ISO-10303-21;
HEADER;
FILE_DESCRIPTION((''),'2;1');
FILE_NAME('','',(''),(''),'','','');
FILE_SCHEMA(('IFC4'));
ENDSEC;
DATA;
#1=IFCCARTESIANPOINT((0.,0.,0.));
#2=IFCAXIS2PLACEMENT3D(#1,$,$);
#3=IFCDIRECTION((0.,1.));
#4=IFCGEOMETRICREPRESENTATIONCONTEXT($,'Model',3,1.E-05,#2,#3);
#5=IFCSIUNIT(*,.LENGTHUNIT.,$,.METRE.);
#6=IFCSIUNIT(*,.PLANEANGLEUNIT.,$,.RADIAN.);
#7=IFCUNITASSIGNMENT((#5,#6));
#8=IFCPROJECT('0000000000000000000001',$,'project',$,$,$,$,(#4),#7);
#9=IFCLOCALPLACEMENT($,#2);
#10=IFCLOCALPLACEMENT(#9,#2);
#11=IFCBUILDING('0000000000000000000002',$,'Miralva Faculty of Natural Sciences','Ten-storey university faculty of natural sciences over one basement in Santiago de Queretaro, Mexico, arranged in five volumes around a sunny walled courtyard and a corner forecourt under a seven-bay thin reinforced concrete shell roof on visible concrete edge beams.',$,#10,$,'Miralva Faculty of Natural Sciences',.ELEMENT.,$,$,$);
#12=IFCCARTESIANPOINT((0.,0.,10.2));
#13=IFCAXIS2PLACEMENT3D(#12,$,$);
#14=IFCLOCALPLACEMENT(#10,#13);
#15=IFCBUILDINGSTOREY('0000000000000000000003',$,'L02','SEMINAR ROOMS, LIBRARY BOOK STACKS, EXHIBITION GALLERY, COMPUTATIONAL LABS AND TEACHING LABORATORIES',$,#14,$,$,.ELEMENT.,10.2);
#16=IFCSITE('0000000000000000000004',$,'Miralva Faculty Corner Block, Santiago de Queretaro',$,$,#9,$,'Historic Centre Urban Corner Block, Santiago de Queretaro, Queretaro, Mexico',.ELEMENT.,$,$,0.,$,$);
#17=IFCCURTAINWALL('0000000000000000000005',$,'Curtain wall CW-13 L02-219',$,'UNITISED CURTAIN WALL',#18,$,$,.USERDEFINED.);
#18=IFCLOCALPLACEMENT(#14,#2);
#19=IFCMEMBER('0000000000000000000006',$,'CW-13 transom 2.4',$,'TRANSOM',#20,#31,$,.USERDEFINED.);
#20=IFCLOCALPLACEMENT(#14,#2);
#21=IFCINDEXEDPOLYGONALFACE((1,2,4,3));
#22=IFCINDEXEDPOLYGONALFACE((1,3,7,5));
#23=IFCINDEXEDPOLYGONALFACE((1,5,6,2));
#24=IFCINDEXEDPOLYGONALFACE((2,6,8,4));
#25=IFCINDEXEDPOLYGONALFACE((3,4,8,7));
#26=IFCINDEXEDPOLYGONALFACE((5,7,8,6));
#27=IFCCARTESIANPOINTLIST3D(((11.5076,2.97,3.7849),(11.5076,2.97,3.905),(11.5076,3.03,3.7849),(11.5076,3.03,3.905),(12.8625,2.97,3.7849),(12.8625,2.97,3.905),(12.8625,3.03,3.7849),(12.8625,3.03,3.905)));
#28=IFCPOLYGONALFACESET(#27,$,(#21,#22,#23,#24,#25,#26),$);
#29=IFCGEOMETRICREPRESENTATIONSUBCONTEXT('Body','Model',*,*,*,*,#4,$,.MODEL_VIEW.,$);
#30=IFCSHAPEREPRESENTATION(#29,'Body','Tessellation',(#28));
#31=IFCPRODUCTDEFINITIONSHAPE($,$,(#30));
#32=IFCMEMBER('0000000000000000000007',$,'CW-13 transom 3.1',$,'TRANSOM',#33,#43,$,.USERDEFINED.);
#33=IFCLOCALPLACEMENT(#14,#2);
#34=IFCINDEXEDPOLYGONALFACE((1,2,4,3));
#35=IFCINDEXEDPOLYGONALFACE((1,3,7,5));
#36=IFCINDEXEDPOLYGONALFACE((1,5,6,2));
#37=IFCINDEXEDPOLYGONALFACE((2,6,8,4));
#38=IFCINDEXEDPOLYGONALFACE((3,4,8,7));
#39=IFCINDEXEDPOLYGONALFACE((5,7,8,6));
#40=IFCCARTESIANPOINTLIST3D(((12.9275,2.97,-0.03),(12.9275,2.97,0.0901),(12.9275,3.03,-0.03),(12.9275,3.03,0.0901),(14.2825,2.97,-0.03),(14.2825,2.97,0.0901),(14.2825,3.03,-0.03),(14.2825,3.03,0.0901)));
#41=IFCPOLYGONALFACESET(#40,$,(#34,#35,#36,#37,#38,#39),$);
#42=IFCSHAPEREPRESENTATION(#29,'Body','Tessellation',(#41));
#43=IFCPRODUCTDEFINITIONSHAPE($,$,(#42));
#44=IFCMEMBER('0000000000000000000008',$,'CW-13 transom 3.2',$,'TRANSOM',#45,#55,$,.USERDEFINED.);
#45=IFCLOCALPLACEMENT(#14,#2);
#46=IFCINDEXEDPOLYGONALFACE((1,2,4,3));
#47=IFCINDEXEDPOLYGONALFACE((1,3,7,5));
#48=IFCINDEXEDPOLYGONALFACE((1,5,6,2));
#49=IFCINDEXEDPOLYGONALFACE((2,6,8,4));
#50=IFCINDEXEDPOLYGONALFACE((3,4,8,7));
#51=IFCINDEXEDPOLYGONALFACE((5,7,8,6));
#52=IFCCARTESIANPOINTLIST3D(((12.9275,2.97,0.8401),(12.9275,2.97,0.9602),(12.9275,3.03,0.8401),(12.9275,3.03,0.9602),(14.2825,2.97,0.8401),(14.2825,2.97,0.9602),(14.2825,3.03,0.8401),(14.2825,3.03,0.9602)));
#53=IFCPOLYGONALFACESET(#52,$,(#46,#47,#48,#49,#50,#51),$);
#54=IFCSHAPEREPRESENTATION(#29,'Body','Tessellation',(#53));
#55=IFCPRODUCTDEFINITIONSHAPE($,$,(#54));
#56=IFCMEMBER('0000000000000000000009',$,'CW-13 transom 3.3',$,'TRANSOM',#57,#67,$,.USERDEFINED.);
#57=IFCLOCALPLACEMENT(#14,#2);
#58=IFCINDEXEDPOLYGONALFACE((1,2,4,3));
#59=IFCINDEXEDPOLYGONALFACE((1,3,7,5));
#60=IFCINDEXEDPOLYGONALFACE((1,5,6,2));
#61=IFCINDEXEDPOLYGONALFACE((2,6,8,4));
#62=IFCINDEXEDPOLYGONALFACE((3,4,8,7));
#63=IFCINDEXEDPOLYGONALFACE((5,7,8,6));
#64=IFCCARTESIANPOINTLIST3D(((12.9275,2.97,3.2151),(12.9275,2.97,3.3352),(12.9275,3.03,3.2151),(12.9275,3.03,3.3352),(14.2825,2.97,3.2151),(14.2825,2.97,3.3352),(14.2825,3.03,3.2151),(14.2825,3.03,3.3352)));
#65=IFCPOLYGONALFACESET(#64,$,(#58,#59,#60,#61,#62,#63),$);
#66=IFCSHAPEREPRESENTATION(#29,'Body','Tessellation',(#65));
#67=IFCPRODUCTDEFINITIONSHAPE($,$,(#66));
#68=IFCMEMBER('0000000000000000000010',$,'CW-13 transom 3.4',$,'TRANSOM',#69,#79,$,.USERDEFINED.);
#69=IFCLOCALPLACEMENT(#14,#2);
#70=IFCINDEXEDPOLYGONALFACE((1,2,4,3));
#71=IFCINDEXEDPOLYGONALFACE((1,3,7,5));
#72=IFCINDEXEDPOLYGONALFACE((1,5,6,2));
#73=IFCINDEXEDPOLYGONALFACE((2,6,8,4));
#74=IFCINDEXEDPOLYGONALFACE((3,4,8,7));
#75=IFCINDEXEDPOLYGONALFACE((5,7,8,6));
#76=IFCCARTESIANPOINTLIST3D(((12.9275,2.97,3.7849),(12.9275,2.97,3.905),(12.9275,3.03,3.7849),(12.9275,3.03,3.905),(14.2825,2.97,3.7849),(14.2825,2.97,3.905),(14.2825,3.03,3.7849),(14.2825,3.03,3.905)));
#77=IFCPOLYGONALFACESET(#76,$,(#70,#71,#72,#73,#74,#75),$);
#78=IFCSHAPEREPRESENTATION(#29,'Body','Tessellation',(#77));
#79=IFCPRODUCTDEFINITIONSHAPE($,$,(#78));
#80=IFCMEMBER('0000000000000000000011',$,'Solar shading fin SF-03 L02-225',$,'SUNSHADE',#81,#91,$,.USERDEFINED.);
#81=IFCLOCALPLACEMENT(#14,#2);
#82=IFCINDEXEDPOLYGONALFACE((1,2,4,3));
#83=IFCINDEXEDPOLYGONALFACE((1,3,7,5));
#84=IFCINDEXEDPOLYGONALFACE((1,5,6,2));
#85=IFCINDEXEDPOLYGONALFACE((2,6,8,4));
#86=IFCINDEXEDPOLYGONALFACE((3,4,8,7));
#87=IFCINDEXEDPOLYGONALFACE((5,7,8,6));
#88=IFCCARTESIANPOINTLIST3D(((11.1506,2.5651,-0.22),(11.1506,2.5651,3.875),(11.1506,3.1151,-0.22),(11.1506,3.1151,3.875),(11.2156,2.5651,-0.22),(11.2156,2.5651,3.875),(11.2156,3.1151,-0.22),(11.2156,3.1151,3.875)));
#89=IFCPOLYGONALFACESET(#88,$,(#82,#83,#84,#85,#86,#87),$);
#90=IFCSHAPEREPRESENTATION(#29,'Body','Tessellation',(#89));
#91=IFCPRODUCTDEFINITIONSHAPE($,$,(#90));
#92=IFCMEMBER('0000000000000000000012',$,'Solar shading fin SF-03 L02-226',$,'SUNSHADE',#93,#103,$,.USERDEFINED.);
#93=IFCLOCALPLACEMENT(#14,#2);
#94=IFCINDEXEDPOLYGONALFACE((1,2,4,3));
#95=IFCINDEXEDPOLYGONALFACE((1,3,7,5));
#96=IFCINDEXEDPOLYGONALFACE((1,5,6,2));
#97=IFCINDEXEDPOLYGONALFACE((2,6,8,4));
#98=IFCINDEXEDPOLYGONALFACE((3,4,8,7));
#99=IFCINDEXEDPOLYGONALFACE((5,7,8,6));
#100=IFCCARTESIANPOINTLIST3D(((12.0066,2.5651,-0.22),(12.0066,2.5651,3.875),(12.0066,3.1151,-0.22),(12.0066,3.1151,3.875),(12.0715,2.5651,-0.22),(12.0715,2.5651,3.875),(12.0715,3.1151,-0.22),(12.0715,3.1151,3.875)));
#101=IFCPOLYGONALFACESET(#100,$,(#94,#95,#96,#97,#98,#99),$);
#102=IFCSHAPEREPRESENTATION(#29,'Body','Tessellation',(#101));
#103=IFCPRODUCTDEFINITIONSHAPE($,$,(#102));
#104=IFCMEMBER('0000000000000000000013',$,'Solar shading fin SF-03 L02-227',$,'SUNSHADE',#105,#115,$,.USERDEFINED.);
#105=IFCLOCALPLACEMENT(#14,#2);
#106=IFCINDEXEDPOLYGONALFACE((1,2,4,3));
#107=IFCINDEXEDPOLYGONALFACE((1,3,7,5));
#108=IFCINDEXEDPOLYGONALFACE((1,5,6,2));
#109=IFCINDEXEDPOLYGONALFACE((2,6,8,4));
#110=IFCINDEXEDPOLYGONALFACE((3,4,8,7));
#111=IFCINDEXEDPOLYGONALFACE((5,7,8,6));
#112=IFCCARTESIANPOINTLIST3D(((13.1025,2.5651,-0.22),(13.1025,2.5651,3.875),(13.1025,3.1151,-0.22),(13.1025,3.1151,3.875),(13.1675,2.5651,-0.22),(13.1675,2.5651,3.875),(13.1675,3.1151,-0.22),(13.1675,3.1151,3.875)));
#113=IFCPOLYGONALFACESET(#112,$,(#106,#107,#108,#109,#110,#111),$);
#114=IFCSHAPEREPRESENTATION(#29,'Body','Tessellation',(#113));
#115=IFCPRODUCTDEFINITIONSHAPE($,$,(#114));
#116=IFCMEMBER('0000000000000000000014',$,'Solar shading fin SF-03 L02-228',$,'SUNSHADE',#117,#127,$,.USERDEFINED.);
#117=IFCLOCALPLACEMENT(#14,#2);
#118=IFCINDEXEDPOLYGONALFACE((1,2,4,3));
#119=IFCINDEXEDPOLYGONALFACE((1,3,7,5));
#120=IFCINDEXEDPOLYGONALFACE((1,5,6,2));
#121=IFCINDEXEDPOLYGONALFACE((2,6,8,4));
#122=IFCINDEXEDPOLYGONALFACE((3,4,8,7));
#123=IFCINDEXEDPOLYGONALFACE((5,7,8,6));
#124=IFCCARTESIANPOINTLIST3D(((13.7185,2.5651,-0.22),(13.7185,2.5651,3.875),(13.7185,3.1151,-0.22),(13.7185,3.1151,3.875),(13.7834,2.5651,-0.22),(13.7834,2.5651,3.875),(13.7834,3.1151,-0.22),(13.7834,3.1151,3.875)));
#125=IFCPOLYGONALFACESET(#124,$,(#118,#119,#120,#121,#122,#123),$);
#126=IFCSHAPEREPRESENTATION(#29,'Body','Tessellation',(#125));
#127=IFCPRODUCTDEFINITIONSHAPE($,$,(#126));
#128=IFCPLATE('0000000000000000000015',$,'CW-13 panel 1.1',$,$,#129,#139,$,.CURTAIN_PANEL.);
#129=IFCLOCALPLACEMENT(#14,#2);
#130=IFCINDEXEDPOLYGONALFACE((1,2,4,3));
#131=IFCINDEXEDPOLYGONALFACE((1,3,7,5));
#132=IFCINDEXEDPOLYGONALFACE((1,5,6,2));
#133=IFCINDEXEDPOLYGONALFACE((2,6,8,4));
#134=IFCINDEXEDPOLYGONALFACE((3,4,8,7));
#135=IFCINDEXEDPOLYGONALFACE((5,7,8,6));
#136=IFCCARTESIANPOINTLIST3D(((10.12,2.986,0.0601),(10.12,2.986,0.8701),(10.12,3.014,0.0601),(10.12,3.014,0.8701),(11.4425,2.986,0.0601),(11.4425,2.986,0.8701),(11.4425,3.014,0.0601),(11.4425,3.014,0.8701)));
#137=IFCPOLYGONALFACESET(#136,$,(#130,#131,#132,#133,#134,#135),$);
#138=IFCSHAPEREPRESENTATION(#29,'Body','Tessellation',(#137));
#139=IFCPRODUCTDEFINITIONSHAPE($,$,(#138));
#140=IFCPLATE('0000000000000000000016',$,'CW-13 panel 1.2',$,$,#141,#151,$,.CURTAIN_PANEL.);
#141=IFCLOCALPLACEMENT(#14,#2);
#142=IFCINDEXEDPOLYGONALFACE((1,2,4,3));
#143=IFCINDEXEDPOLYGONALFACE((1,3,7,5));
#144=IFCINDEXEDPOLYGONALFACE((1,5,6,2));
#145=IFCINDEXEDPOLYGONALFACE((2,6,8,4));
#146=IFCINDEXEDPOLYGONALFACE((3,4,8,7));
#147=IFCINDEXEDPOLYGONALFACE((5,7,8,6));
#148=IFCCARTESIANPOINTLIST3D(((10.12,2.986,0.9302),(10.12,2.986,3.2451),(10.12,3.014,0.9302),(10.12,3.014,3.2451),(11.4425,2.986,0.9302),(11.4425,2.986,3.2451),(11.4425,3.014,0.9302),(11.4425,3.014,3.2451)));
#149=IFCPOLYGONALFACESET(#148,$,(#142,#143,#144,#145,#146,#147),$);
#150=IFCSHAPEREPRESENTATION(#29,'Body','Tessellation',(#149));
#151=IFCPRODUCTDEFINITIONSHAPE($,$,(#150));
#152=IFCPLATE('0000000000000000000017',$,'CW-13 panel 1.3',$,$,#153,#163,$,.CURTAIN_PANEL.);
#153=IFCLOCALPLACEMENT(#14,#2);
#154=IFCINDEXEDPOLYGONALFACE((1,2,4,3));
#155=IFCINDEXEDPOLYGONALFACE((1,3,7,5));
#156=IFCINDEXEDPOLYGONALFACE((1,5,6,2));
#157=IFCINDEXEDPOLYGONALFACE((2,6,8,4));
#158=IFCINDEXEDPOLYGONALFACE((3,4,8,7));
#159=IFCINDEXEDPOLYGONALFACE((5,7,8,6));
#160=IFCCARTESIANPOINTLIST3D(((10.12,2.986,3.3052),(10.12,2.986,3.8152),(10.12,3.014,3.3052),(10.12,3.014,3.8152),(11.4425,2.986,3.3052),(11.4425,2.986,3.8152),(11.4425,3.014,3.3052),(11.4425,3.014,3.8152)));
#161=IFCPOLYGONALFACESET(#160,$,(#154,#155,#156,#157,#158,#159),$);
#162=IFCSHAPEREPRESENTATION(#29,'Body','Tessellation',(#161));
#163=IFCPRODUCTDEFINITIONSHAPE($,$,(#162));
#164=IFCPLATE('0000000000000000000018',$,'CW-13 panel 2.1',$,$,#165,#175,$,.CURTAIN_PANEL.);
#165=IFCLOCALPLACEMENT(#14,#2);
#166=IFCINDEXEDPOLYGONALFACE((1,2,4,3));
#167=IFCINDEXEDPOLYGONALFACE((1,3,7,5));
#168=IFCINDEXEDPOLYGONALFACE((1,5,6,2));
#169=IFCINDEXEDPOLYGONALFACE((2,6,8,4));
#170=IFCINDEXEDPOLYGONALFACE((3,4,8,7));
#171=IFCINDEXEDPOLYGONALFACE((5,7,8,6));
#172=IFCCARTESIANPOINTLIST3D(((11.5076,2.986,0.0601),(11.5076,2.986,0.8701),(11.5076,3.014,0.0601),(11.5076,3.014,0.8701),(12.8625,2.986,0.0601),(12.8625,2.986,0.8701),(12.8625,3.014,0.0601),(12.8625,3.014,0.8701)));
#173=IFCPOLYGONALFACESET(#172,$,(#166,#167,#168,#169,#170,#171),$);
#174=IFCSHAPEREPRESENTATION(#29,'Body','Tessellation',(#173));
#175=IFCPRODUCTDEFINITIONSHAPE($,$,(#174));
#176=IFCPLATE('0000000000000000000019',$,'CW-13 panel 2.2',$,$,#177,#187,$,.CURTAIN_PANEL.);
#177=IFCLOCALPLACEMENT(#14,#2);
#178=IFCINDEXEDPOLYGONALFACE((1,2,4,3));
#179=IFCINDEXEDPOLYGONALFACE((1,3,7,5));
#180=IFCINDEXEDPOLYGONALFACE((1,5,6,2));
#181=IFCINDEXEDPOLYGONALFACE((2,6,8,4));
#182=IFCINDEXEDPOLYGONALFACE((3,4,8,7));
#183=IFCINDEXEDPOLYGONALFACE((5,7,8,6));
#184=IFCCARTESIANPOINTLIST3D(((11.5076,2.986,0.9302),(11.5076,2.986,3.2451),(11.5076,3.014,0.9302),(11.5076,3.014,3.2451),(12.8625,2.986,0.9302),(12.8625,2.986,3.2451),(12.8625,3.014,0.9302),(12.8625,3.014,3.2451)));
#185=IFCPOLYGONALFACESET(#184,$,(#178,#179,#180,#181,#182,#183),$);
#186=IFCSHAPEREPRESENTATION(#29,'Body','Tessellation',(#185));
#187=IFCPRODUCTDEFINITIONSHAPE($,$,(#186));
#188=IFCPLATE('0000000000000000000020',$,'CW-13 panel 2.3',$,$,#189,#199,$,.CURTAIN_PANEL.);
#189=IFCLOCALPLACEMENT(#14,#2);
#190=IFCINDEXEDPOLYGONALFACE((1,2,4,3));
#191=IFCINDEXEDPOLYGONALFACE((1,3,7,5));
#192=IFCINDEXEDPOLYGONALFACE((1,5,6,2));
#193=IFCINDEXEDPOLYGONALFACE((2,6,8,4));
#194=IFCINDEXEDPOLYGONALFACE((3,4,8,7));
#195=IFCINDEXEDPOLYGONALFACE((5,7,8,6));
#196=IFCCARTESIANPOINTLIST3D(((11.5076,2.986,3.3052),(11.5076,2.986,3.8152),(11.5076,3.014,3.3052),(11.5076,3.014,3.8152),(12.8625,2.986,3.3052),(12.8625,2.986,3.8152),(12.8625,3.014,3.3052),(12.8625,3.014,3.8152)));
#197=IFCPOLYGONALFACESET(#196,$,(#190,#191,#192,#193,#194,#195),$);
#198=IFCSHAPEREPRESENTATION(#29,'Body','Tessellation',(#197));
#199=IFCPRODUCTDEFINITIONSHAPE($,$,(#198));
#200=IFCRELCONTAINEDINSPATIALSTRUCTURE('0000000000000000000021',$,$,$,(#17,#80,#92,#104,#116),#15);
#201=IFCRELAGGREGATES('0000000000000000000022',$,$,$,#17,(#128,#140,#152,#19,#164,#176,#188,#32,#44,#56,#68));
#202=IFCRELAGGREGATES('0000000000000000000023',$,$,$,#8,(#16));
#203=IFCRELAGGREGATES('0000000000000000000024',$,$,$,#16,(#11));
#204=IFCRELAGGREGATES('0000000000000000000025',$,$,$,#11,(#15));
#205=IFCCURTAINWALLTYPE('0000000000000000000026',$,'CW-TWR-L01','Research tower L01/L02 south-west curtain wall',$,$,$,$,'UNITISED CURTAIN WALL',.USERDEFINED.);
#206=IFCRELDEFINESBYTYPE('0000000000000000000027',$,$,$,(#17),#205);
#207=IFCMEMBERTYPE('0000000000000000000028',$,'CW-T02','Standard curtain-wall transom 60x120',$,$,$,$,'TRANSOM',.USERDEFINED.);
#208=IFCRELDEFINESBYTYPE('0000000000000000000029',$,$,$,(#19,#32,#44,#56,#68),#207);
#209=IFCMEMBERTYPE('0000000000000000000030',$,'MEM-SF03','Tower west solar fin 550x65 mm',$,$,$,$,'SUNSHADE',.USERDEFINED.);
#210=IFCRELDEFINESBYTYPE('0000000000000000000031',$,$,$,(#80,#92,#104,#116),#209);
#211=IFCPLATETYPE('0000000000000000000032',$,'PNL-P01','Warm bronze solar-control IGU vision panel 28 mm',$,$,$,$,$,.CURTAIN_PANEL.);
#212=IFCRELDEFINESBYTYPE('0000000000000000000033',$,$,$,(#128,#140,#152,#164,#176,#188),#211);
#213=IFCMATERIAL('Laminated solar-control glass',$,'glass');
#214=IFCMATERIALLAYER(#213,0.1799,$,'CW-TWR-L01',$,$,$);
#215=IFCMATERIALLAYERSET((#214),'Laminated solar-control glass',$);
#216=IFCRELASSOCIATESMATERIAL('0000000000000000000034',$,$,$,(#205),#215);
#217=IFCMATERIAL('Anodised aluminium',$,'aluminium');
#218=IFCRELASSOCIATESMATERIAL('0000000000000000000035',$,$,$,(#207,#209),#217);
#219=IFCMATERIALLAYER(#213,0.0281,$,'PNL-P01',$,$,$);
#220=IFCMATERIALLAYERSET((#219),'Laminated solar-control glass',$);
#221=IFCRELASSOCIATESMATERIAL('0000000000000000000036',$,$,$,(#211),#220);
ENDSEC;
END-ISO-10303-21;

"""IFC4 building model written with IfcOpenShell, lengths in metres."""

from ifc_helpers import new_model, si_unit, direction, frame, origin, origin_2d, place, context, subcontext, project, spatial, rectangle, extrude, material, layer, layer_set, material_profile, profile_set, type_object, element, aggregate, save


model = new_model("IFC4")

# Units and contexts
model_context = context("Model", 3, precision=1e-05, world=origin(), true_north=direction((0.0, 1.0)))
body_context = subcontext(model_context, "Body", "Model", "MODEL_VIEW")
ifc_project = project(units=[si_unit("LENGTHUNIT", "METRE"), si_unit("PLANEANGLEUNIT", "RADIAN")], contexts=[model_context])

# Site, building, storey
site_placement = place(None, origin())
site = spatial("IfcSite", under=ifc_project, at=site_placement, Name="Miralva Faculty Corner Block, Santiago de Queretaro", LongName="Historic Centre Urban Corner Block, Santiago de Queretaro, Queretaro, Mexico", CompositionType="ELEMENT", RefElevation=0.0)
building_placement = place(site_placement, origin())
building = spatial("IfcBuilding", under=site, at=building_placement, Name="Miralva Faculty of Natural Sciences", Description="Ten-storey university faculty of natural sciences over one basement in Santiago de Queretaro, Mexico, arranged in five volumes around a sunny walled courtyard and a corner forecourt under a seven-bay thin reinforced concrete shell roof on visible concrete edge beams.", LongName="Miralva Faculty of Natural Sciences", CompositionType="ELEMENT")
storey_placement = place(building_placement, frame((0.0, 0.0, 10.2)))
storey = spatial("IfcBuildingStorey", under=building, at=storey_placement, Name="L02", Description="SEMINAR ROOMS, LIBRARY BOOK STACKS, EXHIBITION GALLERY, COMPUTATIONAL LABS AND TEACHING LABORATORIES", CompositionType="ELEMENT", Elevation=10.2)

# Curtain wall, members
ifc_material_1 = material(Name="Laminated solar-control glass", Category="glass")
ifc_layer_1 = layer(ifc_material_1, 0.1799, Name="CW-TWR-L01")
ifc_layer_set_1 = layer_set([ifc_layer_1], Name="Laminated solar-control glass")
curtain_wall_type = type_object("IfcCurtainWallType", Name="CW-TWR-L01", Description="Research tower L01/L02 south-west curtain wall", ElementType="UNITISED CURTAIN WALL", PredefinedType="USERDEFINED", material=ifc_layer_set_1)
curtain_wall_placement = place(storey_placement, origin())
curtain_wall = element("IfcCurtainWall", 1, at=curtain_wall_placement, inside=storey, type_object=curtain_wall_type, Name="Curtain wall CW-13 L02-219", ObjectType="UNITISED CURTAIN WALL", PredefinedType="USERDEFINED")
ifc_material_2 = material(Name="Anodised aluminium", Category="aluminium")
ifc_material_profile_1 = material_profile(ifc_material_2, rectangle(XDim=0.0601, YDim=0.1201, at=origin_2d()), Name="TRANSOM 60x120")
ifc_profile_set_1 = profile_set([ifc_material_profile_1], Name="Anodised aluminium")
member_type_1 = type_object("IfcMemberType", Name="CW-T02", Description="Standard curtain-wall transom 60x120", ElementType="TRANSOM", PredefinedType="USERDEFINED", material=ifc_profile_set_1)
member_1_placement = place(storey_placement, frame((11.5076, 3.0, 3.845), z_axis=(1.0, 0.0, 0.0), x_axis=(0.0, 1.0, 0.0)))
member_1 = element("IfcMember", 2, at=member_1_placement, type_object=member_type_1, Name="CW-13 transom 2.4", ObjectType="TRANSOM", PredefinedType="USERDEFINED", context=body_context, shape_type="SweptSolid", body=[
    extrude(rectangle(XDim=0.0601, YDim=0.1201, at=origin_2d()), origin(), (0.0, 0.0, 1.0), 1.355),
])
member_2_placement = place(storey_placement, frame((12.9275, 3.0, 0.03), z_axis=(1.0, 0.0, 0.0), x_axis=(0.0, 1.0, 0.0)))
member_2 = element("IfcMember", 3, at=member_2_placement, type_object=member_type_1, Name="CW-13 transom 3.1", ObjectType="TRANSOM", PredefinedType="USERDEFINED", context=body_context, shape_type="SweptSolid", body=[
    extrude(rectangle(XDim=0.0601, YDim=0.1201, at=origin_2d()), origin(), (0.0, 0.0, 1.0), 1.355),
])
member_3_placement = place(storey_placement, frame((12.9275, 3.0, 0.9001), z_axis=(1.0, 0.0, 0.0), x_axis=(0.0, 1.0, 0.0)))
member_3 = element("IfcMember", 4, at=member_3_placement, type_object=member_type_1, Name="CW-13 transom 3.2", ObjectType="TRANSOM", PredefinedType="USERDEFINED", context=body_context, shape_type="SweptSolid", body=[
    extrude(rectangle(XDim=0.0601, YDim=0.1201, at=origin_2d()), origin(), (0.0, 0.0, 1.0), 1.355),
])
member_4_placement = place(storey_placement, frame((12.9275, 3.0, 3.2751), z_axis=(1.0, 0.0, 0.0), x_axis=(0.0, 1.0, 0.0)))
member_4 = element("IfcMember", 5, at=member_4_placement, type_object=member_type_1, Name="CW-13 transom 3.3", ObjectType="TRANSOM", PredefinedType="USERDEFINED", context=body_context, shape_type="SweptSolid", body=[
    extrude(rectangle(XDim=0.0601, YDim=0.1201, at=origin_2d()), origin(), (0.0, 0.0, 1.0), 1.355),
])
member_5_placement = place(storey_placement, frame((12.9275, 3.0, 3.845), z_axis=(1.0, 0.0, 0.0), x_axis=(0.0, 1.0, 0.0)))
member_5 = element("IfcMember", 6, at=member_5_placement, type_object=member_type_1, Name="CW-13 transom 3.4", ObjectType="TRANSOM", PredefinedType="USERDEFINED", context=body_context, shape_type="SweptSolid", body=[
    extrude(rectangle(XDim=0.0601, YDim=0.1201, at=origin_2d()), origin(), (0.0, 0.0, 1.0), 1.355),
])

# Members
ifc_material_profile_2 = material_profile(ifc_material_2, rectangle(XDim=0.0649, YDim=0.55, at=origin_2d()), Name="FIN 550x65")
ifc_profile_set_2 = profile_set([ifc_material_profile_2], Name="Anodised aluminium")
member_type_2 = type_object("IfcMemberType", Name="MEM-SF03", Description="Tower west solar fin 550x65 mm", ElementType="SUNSHADE", PredefinedType="USERDEFINED", material=ifc_profile_set_2)
for number, where, z_axis, x_axis, name in (
    (7, (11.1831, 2.8401, -0.22), (0.0, 0.0, 1.0), (1.0, 0.0, 0.0), "Solar shading fin SF-03 L02-225"),
    (8, (12.0391, 2.8401, -0.22), (0.0, 0.0, 1.0), (1.0, 0.0, 0.0), "Solar shading fin SF-03 L02-226"),
    (9, (13.135, 2.8401, -0.22), (0.0, 0.0, 1.0), (1.0, 0.0, 0.0), "Solar shading fin SF-03 L02-227"),
    (10, (13.751, 2.8401, -0.22), (0.0, 0.0, 1.0), (1.0, 0.0, 0.0), "Solar shading fin SF-03 L02-228"),
):
    element("IfcMember", number, at=place(storey_placement, frame(where, z_axis=z_axis, x_axis=x_axis)), inside=storey, type_object=member_type_2, Name=name, ObjectType="SUNSHADE", PredefinedType="USERDEFINED", context=body_context, shape_type="SweptSolid", body=[
        extrude(rectangle(XDim=0.0649, YDim=0.55, at=origin_2d()), origin(), (0.0, 0.0, 1.0), 4.095),
    ])

# Plates
ifc_layer_2 = layer(ifc_material_1, 0.0281, Name="PNL-P01")
ifc_layer_set_2 = layer_set([ifc_layer_2], Name="Laminated solar-control glass")
plate_type = type_object("IfcPlateType", Name="PNL-P01", Description="Warm bronze solar-control IGU vision panel 28 mm", PredefinedType="CURTAIN_PANEL", material=ifc_layer_set_2)
plate_1_placement = place(storey_placement, frame((10.7812, 3.0, 0.0601), z_axis=(0.0, 0.0, 1.0), x_axis=(1.0, 0.0, 0.0)))
plate_1 = element("IfcPlate", 11, at=plate_1_placement, type_object=plate_type, Name="CW-13 panel 1.1", PredefinedType="CURTAIN_PANEL", context=body_context, shape_type="SweptSolid", body=[
    extrude(rectangle(XDim=1.3225, YDim=0.0281, at=origin_2d()), origin(), (0.0, 0.0, 1.0), 0.8101),
])
plate_2_placement = place(storey_placement, frame((10.7812, 3.0, 0.9302), z_axis=(0.0, 0.0, 1.0), x_axis=(1.0, 0.0, 0.0)))
plate_2 = element("IfcPlate", 12, at=plate_2_placement, type_object=plate_type, Name="CW-13 panel 1.2", PredefinedType="CURTAIN_PANEL", context=body_context, shape_type="SweptSolid", body=[
    extrude(rectangle(XDim=1.3225, YDim=0.0281, at=origin_2d()), origin(), (0.0, 0.0, 1.0), 2.3149),
])
plate_3_placement = place(storey_placement, frame((10.7812, 3.0, 3.3052), z_axis=(0.0, 0.0, 1.0), x_axis=(1.0, 0.0, 0.0)))
plate_3 = element("IfcPlate", 13, at=plate_3_placement, type_object=plate_type, Name="CW-13 panel 1.3", PredefinedType="CURTAIN_PANEL", context=body_context, shape_type="SweptSolid", body=[
    extrude(rectangle(XDim=1.3225, YDim=0.0281, at=origin_2d()), origin(), (0.0, 0.0, 1.0), 0.51),
])
plate_4_placement = place(storey_placement, frame((12.1851, 3.0, 0.0601), z_axis=(0.0, 0.0, 1.0), x_axis=(1.0, 0.0, 0.0)))
plate_4 = element("IfcPlate", 14, at=plate_4_placement, type_object=plate_type, Name="CW-13 panel 2.1", PredefinedType="CURTAIN_PANEL", context=body_context, shape_type="SweptSolid", body=[
    extrude(rectangle(XDim=1.355, YDim=0.0281, at=origin_2d()), origin(), (0.0, 0.0, 1.0), 0.8101),
])
plate_5_placement = place(storey_placement, frame((12.1851, 3.0, 0.9302), z_axis=(0.0, 0.0, 1.0), x_axis=(1.0, 0.0, 0.0)))
plate_5 = element("IfcPlate", 15, at=plate_5_placement, type_object=plate_type, Name="CW-13 panel 2.2", PredefinedType="CURTAIN_PANEL", context=body_context, shape_type="SweptSolid", body=[
    extrude(rectangle(XDim=1.355, YDim=0.0281, at=origin_2d()), origin(), (0.0, 0.0, 1.0), 2.3149),
])
plate_6_placement = place(storey_placement, frame((12.1851, 3.0, 3.3052), z_axis=(0.0, 0.0, 1.0), x_axis=(1.0, 0.0, 0.0)))
plate_6 = element("IfcPlate", 16, at=plate_6_placement, type_object=plate_type, Name="CW-13 panel 2.3", PredefinedType="CURTAIN_PANEL", context=body_context, shape_type="SweptSolid", body=[
    extrude(rectangle(XDim=1.355, YDim=0.0281, at=origin_2d()), origin(), (0.0, 0.0, 1.0), 0.51),
])
aggregate(curtain_wall, [plate_1, plate_2, plate_3, member_1, plate_4, plate_5, plate_6, member_2, member_3, member_4, member_5])

save(model, "model.ifc")
